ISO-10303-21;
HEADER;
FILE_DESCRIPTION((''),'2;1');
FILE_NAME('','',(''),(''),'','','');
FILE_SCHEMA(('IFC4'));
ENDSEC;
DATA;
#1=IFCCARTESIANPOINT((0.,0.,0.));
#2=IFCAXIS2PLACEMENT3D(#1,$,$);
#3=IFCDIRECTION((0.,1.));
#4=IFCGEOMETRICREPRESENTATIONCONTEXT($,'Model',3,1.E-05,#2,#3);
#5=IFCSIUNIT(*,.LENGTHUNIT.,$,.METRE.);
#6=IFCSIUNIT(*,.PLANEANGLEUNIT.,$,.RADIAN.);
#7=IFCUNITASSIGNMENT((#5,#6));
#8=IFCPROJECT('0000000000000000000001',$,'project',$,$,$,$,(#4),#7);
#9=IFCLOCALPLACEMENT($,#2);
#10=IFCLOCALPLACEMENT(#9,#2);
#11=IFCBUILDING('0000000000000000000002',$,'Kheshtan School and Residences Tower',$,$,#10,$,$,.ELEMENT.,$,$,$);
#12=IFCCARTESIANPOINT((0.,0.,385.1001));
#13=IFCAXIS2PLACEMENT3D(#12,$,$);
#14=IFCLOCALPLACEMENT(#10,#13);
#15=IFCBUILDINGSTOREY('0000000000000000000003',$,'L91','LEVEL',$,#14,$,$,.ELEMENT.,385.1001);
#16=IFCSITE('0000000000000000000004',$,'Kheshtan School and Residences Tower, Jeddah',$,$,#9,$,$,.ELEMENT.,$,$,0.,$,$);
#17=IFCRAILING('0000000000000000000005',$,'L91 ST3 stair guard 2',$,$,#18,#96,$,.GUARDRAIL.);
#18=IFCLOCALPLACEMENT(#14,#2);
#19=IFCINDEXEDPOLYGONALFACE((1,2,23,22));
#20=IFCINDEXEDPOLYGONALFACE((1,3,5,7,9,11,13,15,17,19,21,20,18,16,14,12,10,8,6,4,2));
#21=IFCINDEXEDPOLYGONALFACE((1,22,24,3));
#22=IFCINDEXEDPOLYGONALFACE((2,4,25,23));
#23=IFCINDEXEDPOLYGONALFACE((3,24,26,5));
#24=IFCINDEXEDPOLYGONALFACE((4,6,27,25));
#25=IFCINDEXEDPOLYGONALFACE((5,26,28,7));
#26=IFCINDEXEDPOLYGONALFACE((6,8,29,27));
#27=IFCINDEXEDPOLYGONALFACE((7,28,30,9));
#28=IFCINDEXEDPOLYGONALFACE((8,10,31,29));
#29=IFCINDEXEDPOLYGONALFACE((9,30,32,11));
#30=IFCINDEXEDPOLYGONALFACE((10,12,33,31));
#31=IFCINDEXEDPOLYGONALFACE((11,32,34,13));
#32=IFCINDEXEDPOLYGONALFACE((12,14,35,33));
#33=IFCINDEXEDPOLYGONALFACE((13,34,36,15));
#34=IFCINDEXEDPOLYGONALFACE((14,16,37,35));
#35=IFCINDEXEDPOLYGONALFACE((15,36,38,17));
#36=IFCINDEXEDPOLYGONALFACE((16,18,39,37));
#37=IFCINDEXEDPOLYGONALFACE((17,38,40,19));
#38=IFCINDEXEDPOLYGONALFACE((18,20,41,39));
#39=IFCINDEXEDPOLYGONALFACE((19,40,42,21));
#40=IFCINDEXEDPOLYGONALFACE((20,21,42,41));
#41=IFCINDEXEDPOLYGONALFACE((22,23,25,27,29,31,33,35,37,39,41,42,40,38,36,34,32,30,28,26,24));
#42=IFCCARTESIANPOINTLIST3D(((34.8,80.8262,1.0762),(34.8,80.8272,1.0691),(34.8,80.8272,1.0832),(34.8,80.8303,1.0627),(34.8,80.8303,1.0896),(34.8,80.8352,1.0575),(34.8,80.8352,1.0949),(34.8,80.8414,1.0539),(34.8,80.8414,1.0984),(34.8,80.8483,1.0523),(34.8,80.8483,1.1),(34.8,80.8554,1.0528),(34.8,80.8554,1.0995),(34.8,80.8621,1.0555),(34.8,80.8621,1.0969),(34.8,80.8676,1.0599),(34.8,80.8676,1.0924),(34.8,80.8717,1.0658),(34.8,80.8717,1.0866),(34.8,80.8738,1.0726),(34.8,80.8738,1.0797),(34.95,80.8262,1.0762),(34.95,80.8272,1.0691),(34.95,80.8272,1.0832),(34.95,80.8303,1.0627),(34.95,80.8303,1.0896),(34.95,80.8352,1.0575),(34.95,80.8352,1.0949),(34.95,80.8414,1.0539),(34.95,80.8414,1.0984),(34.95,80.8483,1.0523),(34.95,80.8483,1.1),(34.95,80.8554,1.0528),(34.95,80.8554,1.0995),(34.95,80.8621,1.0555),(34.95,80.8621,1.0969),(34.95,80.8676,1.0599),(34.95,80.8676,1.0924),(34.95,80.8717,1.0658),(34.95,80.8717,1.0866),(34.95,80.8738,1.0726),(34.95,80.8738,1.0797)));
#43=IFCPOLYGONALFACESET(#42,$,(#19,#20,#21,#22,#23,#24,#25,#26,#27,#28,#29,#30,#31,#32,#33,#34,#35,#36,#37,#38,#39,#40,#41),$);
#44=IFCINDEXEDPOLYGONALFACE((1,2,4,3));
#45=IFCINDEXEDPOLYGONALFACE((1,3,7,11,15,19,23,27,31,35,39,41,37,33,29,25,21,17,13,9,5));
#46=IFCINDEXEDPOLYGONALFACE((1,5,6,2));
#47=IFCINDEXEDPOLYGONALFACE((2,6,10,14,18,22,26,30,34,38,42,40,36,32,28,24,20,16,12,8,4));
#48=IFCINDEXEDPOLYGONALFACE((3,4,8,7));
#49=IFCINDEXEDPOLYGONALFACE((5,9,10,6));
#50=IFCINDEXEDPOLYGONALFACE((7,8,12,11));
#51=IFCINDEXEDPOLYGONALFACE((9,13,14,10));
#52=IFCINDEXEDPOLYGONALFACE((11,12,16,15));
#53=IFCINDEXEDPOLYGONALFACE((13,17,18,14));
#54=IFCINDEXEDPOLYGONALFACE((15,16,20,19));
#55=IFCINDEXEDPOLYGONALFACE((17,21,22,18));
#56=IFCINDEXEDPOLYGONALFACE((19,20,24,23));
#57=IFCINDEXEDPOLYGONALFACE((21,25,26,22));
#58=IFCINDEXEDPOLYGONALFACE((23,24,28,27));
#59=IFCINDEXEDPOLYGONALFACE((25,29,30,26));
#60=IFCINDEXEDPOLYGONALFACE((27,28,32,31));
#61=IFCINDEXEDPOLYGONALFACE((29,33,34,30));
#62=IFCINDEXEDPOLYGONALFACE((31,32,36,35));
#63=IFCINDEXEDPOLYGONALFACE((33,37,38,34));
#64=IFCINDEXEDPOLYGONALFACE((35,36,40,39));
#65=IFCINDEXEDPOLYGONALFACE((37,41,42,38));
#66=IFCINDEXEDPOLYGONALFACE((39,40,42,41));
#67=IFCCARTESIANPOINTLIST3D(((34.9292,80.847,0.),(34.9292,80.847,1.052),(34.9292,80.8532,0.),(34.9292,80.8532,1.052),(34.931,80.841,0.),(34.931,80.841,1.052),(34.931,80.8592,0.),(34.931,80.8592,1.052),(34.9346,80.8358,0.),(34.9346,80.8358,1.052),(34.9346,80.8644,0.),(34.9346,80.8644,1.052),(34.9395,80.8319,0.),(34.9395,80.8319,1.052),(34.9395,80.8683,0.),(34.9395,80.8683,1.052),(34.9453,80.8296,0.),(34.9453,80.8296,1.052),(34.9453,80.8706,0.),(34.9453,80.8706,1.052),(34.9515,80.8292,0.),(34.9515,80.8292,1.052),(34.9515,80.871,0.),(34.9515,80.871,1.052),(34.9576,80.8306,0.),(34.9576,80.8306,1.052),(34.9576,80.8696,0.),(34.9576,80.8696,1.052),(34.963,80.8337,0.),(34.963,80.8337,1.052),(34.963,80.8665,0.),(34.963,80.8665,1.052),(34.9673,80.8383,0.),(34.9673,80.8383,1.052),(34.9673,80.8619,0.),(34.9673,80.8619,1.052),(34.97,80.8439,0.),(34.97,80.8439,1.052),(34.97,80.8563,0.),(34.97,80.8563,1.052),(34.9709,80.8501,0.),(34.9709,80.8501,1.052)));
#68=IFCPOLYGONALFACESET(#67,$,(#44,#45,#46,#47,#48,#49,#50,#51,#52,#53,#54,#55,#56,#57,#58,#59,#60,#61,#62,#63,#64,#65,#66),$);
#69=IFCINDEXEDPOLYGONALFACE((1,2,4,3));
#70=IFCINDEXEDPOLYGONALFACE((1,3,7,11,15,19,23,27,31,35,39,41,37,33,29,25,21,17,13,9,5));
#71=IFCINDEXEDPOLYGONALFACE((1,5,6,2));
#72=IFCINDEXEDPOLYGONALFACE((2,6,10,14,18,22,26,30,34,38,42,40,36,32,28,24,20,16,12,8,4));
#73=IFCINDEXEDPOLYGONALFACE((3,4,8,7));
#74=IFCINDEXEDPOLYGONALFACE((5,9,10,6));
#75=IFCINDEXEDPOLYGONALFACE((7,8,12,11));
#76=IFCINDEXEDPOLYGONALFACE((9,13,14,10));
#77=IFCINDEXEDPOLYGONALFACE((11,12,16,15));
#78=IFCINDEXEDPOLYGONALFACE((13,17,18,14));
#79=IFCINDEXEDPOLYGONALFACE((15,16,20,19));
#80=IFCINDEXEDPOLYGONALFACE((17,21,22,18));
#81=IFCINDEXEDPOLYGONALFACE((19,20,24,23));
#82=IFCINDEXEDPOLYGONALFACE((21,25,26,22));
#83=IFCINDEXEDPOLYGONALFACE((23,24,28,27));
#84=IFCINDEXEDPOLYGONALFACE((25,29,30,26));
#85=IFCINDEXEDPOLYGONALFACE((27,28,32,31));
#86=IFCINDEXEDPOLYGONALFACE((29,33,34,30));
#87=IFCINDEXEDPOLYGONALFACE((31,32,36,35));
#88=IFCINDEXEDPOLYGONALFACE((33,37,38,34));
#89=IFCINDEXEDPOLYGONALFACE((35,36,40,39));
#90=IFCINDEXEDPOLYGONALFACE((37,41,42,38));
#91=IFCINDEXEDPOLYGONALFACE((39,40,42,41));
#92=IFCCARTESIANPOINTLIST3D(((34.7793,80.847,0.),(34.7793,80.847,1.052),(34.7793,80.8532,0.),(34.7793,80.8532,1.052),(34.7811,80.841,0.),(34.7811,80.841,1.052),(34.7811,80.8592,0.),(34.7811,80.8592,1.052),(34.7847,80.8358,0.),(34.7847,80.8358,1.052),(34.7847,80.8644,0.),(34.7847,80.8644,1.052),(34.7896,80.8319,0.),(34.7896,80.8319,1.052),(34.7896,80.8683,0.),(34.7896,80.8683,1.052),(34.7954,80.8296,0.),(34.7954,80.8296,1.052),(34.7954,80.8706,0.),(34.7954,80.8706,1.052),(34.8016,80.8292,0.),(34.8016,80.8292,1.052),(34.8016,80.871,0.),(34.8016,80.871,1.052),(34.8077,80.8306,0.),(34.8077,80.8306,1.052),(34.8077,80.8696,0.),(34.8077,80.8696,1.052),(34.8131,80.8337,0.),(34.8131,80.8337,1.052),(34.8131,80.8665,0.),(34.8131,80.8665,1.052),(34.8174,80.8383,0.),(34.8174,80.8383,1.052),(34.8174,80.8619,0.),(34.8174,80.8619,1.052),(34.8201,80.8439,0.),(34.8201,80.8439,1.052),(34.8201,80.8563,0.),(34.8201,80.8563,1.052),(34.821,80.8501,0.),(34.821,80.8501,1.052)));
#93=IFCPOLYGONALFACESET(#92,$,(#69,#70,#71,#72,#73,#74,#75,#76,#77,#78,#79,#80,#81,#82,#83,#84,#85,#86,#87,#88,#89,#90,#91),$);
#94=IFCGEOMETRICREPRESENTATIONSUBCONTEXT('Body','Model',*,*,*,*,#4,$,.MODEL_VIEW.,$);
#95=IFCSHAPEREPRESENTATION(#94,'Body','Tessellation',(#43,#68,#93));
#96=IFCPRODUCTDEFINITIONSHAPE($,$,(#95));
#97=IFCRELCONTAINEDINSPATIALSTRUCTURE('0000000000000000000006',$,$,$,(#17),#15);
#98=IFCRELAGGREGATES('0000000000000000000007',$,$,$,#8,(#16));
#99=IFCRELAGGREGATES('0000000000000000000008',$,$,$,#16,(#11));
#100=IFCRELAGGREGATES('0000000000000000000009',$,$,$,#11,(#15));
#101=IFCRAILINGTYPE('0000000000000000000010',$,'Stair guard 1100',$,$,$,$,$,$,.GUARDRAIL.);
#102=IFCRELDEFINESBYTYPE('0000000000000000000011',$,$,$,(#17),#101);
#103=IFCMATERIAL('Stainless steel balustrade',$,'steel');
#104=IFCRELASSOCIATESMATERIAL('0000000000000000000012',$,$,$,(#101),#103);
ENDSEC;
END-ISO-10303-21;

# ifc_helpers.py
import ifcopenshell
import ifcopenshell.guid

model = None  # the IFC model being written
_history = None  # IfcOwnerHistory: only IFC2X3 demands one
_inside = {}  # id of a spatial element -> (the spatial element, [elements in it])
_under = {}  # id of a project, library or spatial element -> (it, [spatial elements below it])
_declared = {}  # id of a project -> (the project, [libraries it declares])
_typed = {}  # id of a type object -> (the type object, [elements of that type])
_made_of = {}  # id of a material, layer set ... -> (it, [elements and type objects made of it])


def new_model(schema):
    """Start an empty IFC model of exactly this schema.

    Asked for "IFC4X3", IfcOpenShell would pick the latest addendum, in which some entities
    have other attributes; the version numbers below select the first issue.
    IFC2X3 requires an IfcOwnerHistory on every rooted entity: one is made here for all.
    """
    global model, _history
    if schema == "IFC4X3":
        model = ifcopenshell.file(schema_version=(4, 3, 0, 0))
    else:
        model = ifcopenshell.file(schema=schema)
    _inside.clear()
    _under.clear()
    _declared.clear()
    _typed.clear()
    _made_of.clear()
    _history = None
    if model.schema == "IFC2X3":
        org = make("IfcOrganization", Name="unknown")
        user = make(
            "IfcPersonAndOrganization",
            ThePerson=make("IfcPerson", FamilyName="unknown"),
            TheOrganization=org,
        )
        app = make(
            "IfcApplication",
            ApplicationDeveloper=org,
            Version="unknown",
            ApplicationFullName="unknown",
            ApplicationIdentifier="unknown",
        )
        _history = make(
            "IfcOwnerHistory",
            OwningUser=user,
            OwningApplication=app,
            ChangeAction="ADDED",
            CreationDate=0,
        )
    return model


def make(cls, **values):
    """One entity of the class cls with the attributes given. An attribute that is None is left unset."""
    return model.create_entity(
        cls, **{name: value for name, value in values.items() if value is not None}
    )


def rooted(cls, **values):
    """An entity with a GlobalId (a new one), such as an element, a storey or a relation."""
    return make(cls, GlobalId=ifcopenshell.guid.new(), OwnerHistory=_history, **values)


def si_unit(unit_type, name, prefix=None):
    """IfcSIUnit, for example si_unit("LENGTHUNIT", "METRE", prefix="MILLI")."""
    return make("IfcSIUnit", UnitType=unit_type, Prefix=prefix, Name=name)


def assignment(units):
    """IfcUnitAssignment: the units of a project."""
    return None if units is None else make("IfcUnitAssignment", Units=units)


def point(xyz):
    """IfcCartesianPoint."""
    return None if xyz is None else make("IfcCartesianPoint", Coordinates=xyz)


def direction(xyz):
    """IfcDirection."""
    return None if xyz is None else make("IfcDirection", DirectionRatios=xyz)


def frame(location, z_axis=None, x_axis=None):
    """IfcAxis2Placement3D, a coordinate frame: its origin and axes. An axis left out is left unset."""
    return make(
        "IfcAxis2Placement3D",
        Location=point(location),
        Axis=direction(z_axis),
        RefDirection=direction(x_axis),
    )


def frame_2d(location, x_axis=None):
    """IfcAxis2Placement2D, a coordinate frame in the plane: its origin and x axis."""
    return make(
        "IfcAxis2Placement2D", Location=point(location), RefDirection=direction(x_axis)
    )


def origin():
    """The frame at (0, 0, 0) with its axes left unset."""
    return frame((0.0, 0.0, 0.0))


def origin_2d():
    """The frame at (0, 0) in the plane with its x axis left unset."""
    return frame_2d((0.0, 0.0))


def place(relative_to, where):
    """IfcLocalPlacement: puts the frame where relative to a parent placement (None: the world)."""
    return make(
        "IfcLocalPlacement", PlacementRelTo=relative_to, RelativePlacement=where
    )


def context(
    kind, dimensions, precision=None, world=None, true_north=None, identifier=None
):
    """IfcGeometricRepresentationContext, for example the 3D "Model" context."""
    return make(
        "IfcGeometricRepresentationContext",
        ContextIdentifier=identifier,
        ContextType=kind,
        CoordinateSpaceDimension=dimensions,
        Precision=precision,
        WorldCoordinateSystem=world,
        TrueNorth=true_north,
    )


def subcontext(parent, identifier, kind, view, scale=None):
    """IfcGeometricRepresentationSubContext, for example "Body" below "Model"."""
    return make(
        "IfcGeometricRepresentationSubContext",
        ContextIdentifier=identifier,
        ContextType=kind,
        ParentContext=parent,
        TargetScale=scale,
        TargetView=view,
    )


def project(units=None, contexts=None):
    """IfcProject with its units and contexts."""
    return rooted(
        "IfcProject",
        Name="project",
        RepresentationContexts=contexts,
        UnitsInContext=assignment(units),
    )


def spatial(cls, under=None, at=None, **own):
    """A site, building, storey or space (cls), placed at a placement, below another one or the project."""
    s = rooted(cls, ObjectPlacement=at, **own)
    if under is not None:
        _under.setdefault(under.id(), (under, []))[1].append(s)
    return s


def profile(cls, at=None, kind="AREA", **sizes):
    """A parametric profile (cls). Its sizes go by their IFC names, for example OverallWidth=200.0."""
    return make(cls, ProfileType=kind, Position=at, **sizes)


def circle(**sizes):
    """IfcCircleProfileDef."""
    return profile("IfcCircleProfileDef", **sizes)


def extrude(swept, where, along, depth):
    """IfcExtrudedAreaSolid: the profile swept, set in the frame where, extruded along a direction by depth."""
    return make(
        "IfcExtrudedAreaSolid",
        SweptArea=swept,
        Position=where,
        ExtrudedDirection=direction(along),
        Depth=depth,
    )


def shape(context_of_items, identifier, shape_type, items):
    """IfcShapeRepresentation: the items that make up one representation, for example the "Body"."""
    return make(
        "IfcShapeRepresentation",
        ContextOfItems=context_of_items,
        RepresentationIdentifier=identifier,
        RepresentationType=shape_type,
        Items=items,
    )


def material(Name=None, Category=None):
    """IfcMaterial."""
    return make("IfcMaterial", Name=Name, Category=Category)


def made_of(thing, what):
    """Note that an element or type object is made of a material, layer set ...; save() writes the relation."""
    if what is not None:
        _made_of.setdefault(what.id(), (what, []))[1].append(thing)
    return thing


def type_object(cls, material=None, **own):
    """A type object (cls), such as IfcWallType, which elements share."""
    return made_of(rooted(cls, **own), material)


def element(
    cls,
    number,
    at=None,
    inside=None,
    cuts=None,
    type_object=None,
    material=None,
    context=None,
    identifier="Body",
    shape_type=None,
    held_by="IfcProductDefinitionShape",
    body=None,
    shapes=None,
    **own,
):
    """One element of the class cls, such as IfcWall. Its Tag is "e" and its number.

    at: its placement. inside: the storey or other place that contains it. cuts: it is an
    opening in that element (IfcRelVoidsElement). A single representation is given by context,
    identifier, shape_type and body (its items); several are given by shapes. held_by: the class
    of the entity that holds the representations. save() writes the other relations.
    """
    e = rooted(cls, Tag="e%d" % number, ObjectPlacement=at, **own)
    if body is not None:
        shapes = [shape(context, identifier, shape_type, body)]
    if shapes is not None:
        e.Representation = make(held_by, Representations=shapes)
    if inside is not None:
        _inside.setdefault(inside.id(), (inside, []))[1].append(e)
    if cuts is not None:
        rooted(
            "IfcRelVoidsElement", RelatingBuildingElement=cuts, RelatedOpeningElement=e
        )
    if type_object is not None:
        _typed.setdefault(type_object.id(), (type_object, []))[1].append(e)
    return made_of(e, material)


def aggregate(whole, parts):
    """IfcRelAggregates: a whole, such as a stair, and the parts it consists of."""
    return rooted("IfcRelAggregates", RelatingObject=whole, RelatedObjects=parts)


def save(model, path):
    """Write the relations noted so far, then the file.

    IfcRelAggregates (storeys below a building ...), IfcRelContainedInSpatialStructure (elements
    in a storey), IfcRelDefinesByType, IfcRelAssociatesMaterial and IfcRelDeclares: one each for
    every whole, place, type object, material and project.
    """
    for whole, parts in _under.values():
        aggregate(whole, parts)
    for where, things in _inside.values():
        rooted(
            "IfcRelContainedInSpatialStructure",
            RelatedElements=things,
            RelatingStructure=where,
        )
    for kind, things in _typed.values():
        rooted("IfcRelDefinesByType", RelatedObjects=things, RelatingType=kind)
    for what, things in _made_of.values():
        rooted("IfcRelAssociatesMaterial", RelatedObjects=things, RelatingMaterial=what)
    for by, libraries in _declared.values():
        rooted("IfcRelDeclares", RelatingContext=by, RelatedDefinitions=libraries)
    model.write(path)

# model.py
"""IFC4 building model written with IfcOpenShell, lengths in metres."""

from ifc_helpers import new_model, si_unit, direction, frame, origin, origin_2d, place, context, subcontext, project, spatial, circle, extrude, material, type_object, element, save


model = new_model("IFC4")

# Units and contexts
model_context = context("Model", 3, precision=1e-05, world=origin(), true_north=direction((0.0, 1.0)))
body_context = subcontext(model_context, "Body", "Model", "MODEL_VIEW")
ifc_project = project(units=[si_unit("LENGTHUNIT", "METRE"), si_unit("PLANEANGLEUNIT", "RADIAN")], contexts=[model_context])

# Site, building, storey
site_placement = place(None, origin())
site = spatial("IfcSite", under=ifc_project, at=site_placement, Name="Kheshtan School and Residences Tower, Jeddah", CompositionType="ELEMENT", RefElevation=0.0)
building_placement = place(site_placement, origin())
building = spatial("IfcBuilding", under=site, at=building_placement, Name="Kheshtan School and Residences Tower", CompositionType="ELEMENT")
storey_placement = place(building_placement, frame((0.0, 0.0, 385.1001)))
storey = spatial("IfcBuildingStorey", under=building, at=storey_placement, Name="L91", Description="LEVEL", CompositionType="ELEMENT", Elevation=385.1001)

# Railing
ifc_material_1 = material(Name="Stainless steel balustrade", Category="steel")
railing_type_1 = type_object("IfcRailingType", Name="Stair guard 1100", PredefinedType="GUARDRAIL", material=ifc_material_1)
railing_1_placement = place(storey_placement, frame((34.95, 80.8501, 0.0)))
element("IfcRailing", 1, at=railing_1_placement, inside=storey, type_object=railing_type_1, Name="L91 ST3 stair guard 2", PredefinedType="GUARDRAIL", context=body_context, shape_type="SweptSolid", body=[
    extrude(circle(Radius=0.0239, at=origin_2d()), frame((0.0, 0.0, 1.0762), z_axis=(-1.0, 0.0, 0.0), x_axis=(0.0, -1.0, 0.0)), (0.0, 0.0, 1.0), 0.1499),
    extrude(circle(Radius=0.021, at=origin_2d()), origin(), (0.0, 0.0, 1.0), 1.052),
    extrude(circle(Radius=0.021, at=origin_2d()), frame((-0.1499, 0.0, 0.0)), (0.0, 0.0, 1.0), 1.052),
])

save(model, "model.ifc")
